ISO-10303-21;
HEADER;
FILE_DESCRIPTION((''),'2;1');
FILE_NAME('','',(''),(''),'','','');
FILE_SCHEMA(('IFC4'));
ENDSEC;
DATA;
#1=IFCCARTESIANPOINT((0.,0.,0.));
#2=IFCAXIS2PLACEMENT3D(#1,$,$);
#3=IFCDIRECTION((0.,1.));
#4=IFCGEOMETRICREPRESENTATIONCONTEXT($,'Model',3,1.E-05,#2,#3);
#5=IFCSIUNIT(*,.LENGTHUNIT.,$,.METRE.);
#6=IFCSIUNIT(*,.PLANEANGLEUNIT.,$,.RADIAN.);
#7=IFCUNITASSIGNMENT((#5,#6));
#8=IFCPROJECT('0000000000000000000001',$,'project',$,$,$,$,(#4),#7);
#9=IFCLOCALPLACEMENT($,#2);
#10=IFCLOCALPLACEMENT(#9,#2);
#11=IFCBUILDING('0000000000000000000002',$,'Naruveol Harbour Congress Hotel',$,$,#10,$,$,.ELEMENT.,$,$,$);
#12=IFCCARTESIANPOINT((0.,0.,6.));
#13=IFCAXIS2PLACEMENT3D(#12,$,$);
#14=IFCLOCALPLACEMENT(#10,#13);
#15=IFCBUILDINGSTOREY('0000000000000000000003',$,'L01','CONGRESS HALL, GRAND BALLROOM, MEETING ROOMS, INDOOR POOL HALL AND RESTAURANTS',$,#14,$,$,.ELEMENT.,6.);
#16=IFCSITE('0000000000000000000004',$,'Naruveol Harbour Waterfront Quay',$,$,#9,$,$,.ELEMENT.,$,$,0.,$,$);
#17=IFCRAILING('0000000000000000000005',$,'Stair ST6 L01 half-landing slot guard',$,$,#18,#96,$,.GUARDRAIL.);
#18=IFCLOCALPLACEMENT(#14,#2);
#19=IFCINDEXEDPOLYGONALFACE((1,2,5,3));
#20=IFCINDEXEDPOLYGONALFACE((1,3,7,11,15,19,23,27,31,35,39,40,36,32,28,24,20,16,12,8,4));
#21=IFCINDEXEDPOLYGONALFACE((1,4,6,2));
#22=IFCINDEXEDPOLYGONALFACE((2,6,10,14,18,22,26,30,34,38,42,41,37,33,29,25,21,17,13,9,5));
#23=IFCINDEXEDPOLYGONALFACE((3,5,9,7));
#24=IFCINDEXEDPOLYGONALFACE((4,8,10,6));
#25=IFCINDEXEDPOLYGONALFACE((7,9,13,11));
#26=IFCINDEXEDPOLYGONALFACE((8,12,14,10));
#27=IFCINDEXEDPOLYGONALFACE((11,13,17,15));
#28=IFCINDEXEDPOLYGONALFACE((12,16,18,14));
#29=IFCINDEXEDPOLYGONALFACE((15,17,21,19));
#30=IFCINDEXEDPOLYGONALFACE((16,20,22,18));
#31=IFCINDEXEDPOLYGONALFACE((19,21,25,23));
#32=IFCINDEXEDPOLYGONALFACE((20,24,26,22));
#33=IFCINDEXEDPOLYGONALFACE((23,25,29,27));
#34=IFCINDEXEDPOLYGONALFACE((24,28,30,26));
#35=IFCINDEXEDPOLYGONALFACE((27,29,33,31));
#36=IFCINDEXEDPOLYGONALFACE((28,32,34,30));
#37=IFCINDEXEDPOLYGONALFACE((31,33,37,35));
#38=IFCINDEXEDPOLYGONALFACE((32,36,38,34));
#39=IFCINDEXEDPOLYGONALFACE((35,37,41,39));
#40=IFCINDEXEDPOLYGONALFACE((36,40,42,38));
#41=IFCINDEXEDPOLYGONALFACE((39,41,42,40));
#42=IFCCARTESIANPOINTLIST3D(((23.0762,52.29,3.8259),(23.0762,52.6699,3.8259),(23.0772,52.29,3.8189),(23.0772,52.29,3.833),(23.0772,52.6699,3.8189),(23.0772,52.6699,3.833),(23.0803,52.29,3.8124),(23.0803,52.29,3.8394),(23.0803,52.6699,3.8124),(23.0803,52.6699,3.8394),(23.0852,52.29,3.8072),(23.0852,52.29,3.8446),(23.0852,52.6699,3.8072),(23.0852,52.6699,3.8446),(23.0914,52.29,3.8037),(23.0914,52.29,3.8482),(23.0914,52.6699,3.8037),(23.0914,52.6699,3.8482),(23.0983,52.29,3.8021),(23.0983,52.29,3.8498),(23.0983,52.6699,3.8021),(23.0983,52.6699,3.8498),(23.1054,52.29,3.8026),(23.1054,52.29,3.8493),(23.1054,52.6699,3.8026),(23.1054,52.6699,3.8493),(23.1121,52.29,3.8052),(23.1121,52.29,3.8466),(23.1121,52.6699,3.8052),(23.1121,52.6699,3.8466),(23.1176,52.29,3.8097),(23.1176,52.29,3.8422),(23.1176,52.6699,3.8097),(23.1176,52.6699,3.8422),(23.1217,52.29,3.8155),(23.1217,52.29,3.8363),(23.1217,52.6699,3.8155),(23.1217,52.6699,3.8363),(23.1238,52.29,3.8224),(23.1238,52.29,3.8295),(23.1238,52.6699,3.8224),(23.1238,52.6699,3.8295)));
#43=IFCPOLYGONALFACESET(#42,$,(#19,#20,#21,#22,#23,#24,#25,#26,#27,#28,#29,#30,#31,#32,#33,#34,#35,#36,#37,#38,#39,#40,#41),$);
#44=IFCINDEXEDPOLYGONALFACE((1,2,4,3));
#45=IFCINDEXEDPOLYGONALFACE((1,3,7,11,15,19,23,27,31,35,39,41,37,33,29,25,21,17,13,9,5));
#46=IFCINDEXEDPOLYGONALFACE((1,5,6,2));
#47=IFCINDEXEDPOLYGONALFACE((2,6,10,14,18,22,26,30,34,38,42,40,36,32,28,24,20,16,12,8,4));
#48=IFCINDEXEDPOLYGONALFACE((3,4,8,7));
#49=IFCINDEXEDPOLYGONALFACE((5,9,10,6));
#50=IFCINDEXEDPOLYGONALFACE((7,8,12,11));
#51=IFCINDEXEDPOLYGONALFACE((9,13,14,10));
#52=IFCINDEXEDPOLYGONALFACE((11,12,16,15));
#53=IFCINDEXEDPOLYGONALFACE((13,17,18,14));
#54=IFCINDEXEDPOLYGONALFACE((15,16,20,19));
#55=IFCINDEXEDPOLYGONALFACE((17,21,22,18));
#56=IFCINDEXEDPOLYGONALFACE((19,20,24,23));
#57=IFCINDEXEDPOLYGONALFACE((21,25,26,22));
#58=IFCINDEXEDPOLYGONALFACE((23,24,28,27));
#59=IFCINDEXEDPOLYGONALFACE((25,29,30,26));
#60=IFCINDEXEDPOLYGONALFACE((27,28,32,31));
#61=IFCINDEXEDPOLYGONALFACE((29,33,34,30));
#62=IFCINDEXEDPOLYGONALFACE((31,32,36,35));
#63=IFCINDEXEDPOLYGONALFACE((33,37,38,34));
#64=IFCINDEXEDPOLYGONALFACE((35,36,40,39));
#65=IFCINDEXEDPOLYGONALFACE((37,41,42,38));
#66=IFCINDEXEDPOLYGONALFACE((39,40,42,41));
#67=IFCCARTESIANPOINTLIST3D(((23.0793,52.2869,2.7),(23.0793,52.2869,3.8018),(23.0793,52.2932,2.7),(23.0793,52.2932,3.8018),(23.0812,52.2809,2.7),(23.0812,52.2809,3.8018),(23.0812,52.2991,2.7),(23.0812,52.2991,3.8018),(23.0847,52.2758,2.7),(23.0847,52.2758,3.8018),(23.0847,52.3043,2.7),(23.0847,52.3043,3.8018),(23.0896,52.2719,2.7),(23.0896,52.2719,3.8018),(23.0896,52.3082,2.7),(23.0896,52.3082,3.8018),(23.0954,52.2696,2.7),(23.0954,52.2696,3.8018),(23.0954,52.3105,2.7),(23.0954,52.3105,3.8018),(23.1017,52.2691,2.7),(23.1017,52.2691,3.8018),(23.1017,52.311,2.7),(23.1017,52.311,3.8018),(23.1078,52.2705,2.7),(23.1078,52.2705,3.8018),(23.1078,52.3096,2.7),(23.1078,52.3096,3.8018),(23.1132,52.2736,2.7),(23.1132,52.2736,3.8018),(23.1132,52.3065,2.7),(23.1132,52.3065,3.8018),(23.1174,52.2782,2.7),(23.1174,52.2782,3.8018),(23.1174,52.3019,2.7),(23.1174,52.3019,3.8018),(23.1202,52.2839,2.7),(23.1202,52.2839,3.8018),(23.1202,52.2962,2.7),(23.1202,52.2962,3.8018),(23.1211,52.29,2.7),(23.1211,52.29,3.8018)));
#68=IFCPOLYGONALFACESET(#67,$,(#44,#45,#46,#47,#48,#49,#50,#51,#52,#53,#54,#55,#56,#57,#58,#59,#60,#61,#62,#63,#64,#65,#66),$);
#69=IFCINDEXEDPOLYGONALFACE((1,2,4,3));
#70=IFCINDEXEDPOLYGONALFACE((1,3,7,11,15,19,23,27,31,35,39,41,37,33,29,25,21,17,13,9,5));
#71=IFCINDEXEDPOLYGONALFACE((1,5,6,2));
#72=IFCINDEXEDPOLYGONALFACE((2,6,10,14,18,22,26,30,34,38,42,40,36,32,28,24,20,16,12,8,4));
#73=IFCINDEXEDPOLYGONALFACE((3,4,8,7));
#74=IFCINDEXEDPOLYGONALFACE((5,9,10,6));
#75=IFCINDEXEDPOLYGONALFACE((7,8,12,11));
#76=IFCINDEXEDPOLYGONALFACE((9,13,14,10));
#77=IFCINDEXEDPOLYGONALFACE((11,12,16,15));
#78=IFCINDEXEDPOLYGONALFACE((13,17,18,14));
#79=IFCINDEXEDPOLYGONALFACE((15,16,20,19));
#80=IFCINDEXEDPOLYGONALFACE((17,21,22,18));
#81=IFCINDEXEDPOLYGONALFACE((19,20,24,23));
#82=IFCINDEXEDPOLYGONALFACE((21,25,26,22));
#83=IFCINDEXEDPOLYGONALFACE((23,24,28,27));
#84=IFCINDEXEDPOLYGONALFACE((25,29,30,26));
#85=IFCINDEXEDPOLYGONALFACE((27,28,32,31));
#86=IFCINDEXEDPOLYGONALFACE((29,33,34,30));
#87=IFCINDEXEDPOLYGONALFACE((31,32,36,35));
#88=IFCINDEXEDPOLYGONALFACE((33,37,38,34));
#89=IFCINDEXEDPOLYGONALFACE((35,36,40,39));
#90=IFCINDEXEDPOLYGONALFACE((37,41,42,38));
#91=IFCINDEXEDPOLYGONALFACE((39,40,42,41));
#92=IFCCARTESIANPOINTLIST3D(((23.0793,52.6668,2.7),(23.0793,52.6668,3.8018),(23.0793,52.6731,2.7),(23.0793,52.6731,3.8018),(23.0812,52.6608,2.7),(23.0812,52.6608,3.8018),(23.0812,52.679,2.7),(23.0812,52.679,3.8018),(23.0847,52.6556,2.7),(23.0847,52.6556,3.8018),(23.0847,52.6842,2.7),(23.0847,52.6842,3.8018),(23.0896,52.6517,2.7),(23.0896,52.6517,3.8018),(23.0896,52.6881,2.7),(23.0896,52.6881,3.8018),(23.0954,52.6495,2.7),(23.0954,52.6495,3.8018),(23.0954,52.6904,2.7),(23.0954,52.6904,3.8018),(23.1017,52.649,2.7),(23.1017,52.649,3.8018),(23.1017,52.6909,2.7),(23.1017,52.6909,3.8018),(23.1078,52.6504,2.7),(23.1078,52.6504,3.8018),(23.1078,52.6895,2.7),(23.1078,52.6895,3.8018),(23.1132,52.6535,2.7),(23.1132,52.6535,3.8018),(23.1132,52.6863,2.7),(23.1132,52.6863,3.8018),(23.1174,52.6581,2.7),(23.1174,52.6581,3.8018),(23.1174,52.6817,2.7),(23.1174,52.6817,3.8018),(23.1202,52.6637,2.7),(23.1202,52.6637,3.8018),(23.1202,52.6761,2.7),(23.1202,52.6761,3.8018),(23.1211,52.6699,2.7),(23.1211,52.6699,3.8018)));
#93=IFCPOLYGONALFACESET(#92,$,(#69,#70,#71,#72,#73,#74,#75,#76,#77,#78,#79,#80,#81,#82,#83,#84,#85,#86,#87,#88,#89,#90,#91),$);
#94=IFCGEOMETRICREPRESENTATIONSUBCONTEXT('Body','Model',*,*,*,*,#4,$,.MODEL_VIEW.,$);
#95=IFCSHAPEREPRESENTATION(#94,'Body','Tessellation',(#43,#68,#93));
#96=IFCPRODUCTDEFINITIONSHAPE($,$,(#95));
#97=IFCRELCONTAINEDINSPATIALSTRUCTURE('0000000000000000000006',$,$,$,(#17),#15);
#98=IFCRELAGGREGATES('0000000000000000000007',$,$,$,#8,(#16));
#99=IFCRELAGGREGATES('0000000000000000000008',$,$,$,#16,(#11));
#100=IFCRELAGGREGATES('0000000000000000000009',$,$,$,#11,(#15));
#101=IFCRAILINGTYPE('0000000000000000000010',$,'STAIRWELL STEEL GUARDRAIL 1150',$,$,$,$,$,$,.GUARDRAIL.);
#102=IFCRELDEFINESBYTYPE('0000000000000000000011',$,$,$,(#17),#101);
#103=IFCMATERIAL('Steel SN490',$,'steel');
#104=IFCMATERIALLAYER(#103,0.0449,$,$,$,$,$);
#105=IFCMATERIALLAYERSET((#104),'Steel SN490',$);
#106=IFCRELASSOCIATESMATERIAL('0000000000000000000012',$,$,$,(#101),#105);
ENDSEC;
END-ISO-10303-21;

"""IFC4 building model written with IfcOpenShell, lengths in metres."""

from ifc_helpers import new_model, si_unit, direction, frame, origin, origin_2d, place, context, subcontext, project, spatial, circle, extrude, material, layer, layer_set, type_object, element, save


model = new_model("IFC4")

# Units and contexts
model_context = context("Model", 3, precision=1e-05, world=origin(), true_north=direction((0.0, 1.0)))
body_context = subcontext(model_context, "Body", "Model", "MODEL_VIEW")
ifc_project = project(units=[si_unit("LENGTHUNIT", "METRE"), si_unit("PLANEANGLEUNIT", "RADIAN")], contexts=[model_context])

# Site, building, storey
site_placement = place(None, origin())
site = spatial("IfcSite", under=ifc_project, at=site_placement, Name="Naruveol Harbour Waterfront Quay", CompositionType="ELEMENT", RefElevation=0.0)
building_placement = place(site_placement, origin())
building = spatial("IfcBuilding", under=site, at=building_placement, Name="Naruveol Harbour Congress Hotel", CompositionType="ELEMENT")
storey_placement = place(building_placement, frame((0.0, 0.0, 6.0)))
storey = spatial("IfcBuildingStorey", under=building, at=storey_placement, Name="L01", Description="CONGRESS HALL, GRAND BALLROOM, MEETING ROOMS, INDOOR POOL HALL AND RESTAURANTS", CompositionType="ELEMENT", Elevation=6.0)

# Railing
ifc_material_1 = material(Name="Steel SN490", Category="steel")
ifc_layer_1 = layer(ifc_material_1, 0.0449)
ifc_layer_set_1 = layer_set([ifc_layer_1], Name="Steel SN490")
railing_type_1 = type_object("IfcRailingType", Name="STAIRWELL STEEL GUARDRAIL 1150", PredefinedType="GUARDRAIL", material=ifc_layer_set_1)
railing_1_placement = place(storey_placement, frame((23.1001, 52.29, 2.7)))
element("IfcRailing", 1, at=railing_1_placement, inside=storey, type_object=railing_type_1, Name="Stair ST6 L01 half-landing slot guard", PredefinedType="GUARDRAIL", context=body_context, shape_type="SweptSolid", body=[
    extrude(circle(Radius=0.0239, at=origin_2d()), frame((0.0, 0.0, 1.126), z_axis=(0.0, 1.0, 0.0), x_axis=(-1.0, 0.0, 0.0)), (0.0, 0.0, 1.0), 0.3799),
    extrude(circle(Radius=0.021, at=origin_2d()), origin(), (0.0, 0.0, 1.0), 1.1018),
    extrude(circle(Radius=0.021, at=origin_2d()), frame((0.0, 0.3799, 0.0)), (0.0, 0.0, 1.0), 1.1018),
])

save(model, "model.ifc")
